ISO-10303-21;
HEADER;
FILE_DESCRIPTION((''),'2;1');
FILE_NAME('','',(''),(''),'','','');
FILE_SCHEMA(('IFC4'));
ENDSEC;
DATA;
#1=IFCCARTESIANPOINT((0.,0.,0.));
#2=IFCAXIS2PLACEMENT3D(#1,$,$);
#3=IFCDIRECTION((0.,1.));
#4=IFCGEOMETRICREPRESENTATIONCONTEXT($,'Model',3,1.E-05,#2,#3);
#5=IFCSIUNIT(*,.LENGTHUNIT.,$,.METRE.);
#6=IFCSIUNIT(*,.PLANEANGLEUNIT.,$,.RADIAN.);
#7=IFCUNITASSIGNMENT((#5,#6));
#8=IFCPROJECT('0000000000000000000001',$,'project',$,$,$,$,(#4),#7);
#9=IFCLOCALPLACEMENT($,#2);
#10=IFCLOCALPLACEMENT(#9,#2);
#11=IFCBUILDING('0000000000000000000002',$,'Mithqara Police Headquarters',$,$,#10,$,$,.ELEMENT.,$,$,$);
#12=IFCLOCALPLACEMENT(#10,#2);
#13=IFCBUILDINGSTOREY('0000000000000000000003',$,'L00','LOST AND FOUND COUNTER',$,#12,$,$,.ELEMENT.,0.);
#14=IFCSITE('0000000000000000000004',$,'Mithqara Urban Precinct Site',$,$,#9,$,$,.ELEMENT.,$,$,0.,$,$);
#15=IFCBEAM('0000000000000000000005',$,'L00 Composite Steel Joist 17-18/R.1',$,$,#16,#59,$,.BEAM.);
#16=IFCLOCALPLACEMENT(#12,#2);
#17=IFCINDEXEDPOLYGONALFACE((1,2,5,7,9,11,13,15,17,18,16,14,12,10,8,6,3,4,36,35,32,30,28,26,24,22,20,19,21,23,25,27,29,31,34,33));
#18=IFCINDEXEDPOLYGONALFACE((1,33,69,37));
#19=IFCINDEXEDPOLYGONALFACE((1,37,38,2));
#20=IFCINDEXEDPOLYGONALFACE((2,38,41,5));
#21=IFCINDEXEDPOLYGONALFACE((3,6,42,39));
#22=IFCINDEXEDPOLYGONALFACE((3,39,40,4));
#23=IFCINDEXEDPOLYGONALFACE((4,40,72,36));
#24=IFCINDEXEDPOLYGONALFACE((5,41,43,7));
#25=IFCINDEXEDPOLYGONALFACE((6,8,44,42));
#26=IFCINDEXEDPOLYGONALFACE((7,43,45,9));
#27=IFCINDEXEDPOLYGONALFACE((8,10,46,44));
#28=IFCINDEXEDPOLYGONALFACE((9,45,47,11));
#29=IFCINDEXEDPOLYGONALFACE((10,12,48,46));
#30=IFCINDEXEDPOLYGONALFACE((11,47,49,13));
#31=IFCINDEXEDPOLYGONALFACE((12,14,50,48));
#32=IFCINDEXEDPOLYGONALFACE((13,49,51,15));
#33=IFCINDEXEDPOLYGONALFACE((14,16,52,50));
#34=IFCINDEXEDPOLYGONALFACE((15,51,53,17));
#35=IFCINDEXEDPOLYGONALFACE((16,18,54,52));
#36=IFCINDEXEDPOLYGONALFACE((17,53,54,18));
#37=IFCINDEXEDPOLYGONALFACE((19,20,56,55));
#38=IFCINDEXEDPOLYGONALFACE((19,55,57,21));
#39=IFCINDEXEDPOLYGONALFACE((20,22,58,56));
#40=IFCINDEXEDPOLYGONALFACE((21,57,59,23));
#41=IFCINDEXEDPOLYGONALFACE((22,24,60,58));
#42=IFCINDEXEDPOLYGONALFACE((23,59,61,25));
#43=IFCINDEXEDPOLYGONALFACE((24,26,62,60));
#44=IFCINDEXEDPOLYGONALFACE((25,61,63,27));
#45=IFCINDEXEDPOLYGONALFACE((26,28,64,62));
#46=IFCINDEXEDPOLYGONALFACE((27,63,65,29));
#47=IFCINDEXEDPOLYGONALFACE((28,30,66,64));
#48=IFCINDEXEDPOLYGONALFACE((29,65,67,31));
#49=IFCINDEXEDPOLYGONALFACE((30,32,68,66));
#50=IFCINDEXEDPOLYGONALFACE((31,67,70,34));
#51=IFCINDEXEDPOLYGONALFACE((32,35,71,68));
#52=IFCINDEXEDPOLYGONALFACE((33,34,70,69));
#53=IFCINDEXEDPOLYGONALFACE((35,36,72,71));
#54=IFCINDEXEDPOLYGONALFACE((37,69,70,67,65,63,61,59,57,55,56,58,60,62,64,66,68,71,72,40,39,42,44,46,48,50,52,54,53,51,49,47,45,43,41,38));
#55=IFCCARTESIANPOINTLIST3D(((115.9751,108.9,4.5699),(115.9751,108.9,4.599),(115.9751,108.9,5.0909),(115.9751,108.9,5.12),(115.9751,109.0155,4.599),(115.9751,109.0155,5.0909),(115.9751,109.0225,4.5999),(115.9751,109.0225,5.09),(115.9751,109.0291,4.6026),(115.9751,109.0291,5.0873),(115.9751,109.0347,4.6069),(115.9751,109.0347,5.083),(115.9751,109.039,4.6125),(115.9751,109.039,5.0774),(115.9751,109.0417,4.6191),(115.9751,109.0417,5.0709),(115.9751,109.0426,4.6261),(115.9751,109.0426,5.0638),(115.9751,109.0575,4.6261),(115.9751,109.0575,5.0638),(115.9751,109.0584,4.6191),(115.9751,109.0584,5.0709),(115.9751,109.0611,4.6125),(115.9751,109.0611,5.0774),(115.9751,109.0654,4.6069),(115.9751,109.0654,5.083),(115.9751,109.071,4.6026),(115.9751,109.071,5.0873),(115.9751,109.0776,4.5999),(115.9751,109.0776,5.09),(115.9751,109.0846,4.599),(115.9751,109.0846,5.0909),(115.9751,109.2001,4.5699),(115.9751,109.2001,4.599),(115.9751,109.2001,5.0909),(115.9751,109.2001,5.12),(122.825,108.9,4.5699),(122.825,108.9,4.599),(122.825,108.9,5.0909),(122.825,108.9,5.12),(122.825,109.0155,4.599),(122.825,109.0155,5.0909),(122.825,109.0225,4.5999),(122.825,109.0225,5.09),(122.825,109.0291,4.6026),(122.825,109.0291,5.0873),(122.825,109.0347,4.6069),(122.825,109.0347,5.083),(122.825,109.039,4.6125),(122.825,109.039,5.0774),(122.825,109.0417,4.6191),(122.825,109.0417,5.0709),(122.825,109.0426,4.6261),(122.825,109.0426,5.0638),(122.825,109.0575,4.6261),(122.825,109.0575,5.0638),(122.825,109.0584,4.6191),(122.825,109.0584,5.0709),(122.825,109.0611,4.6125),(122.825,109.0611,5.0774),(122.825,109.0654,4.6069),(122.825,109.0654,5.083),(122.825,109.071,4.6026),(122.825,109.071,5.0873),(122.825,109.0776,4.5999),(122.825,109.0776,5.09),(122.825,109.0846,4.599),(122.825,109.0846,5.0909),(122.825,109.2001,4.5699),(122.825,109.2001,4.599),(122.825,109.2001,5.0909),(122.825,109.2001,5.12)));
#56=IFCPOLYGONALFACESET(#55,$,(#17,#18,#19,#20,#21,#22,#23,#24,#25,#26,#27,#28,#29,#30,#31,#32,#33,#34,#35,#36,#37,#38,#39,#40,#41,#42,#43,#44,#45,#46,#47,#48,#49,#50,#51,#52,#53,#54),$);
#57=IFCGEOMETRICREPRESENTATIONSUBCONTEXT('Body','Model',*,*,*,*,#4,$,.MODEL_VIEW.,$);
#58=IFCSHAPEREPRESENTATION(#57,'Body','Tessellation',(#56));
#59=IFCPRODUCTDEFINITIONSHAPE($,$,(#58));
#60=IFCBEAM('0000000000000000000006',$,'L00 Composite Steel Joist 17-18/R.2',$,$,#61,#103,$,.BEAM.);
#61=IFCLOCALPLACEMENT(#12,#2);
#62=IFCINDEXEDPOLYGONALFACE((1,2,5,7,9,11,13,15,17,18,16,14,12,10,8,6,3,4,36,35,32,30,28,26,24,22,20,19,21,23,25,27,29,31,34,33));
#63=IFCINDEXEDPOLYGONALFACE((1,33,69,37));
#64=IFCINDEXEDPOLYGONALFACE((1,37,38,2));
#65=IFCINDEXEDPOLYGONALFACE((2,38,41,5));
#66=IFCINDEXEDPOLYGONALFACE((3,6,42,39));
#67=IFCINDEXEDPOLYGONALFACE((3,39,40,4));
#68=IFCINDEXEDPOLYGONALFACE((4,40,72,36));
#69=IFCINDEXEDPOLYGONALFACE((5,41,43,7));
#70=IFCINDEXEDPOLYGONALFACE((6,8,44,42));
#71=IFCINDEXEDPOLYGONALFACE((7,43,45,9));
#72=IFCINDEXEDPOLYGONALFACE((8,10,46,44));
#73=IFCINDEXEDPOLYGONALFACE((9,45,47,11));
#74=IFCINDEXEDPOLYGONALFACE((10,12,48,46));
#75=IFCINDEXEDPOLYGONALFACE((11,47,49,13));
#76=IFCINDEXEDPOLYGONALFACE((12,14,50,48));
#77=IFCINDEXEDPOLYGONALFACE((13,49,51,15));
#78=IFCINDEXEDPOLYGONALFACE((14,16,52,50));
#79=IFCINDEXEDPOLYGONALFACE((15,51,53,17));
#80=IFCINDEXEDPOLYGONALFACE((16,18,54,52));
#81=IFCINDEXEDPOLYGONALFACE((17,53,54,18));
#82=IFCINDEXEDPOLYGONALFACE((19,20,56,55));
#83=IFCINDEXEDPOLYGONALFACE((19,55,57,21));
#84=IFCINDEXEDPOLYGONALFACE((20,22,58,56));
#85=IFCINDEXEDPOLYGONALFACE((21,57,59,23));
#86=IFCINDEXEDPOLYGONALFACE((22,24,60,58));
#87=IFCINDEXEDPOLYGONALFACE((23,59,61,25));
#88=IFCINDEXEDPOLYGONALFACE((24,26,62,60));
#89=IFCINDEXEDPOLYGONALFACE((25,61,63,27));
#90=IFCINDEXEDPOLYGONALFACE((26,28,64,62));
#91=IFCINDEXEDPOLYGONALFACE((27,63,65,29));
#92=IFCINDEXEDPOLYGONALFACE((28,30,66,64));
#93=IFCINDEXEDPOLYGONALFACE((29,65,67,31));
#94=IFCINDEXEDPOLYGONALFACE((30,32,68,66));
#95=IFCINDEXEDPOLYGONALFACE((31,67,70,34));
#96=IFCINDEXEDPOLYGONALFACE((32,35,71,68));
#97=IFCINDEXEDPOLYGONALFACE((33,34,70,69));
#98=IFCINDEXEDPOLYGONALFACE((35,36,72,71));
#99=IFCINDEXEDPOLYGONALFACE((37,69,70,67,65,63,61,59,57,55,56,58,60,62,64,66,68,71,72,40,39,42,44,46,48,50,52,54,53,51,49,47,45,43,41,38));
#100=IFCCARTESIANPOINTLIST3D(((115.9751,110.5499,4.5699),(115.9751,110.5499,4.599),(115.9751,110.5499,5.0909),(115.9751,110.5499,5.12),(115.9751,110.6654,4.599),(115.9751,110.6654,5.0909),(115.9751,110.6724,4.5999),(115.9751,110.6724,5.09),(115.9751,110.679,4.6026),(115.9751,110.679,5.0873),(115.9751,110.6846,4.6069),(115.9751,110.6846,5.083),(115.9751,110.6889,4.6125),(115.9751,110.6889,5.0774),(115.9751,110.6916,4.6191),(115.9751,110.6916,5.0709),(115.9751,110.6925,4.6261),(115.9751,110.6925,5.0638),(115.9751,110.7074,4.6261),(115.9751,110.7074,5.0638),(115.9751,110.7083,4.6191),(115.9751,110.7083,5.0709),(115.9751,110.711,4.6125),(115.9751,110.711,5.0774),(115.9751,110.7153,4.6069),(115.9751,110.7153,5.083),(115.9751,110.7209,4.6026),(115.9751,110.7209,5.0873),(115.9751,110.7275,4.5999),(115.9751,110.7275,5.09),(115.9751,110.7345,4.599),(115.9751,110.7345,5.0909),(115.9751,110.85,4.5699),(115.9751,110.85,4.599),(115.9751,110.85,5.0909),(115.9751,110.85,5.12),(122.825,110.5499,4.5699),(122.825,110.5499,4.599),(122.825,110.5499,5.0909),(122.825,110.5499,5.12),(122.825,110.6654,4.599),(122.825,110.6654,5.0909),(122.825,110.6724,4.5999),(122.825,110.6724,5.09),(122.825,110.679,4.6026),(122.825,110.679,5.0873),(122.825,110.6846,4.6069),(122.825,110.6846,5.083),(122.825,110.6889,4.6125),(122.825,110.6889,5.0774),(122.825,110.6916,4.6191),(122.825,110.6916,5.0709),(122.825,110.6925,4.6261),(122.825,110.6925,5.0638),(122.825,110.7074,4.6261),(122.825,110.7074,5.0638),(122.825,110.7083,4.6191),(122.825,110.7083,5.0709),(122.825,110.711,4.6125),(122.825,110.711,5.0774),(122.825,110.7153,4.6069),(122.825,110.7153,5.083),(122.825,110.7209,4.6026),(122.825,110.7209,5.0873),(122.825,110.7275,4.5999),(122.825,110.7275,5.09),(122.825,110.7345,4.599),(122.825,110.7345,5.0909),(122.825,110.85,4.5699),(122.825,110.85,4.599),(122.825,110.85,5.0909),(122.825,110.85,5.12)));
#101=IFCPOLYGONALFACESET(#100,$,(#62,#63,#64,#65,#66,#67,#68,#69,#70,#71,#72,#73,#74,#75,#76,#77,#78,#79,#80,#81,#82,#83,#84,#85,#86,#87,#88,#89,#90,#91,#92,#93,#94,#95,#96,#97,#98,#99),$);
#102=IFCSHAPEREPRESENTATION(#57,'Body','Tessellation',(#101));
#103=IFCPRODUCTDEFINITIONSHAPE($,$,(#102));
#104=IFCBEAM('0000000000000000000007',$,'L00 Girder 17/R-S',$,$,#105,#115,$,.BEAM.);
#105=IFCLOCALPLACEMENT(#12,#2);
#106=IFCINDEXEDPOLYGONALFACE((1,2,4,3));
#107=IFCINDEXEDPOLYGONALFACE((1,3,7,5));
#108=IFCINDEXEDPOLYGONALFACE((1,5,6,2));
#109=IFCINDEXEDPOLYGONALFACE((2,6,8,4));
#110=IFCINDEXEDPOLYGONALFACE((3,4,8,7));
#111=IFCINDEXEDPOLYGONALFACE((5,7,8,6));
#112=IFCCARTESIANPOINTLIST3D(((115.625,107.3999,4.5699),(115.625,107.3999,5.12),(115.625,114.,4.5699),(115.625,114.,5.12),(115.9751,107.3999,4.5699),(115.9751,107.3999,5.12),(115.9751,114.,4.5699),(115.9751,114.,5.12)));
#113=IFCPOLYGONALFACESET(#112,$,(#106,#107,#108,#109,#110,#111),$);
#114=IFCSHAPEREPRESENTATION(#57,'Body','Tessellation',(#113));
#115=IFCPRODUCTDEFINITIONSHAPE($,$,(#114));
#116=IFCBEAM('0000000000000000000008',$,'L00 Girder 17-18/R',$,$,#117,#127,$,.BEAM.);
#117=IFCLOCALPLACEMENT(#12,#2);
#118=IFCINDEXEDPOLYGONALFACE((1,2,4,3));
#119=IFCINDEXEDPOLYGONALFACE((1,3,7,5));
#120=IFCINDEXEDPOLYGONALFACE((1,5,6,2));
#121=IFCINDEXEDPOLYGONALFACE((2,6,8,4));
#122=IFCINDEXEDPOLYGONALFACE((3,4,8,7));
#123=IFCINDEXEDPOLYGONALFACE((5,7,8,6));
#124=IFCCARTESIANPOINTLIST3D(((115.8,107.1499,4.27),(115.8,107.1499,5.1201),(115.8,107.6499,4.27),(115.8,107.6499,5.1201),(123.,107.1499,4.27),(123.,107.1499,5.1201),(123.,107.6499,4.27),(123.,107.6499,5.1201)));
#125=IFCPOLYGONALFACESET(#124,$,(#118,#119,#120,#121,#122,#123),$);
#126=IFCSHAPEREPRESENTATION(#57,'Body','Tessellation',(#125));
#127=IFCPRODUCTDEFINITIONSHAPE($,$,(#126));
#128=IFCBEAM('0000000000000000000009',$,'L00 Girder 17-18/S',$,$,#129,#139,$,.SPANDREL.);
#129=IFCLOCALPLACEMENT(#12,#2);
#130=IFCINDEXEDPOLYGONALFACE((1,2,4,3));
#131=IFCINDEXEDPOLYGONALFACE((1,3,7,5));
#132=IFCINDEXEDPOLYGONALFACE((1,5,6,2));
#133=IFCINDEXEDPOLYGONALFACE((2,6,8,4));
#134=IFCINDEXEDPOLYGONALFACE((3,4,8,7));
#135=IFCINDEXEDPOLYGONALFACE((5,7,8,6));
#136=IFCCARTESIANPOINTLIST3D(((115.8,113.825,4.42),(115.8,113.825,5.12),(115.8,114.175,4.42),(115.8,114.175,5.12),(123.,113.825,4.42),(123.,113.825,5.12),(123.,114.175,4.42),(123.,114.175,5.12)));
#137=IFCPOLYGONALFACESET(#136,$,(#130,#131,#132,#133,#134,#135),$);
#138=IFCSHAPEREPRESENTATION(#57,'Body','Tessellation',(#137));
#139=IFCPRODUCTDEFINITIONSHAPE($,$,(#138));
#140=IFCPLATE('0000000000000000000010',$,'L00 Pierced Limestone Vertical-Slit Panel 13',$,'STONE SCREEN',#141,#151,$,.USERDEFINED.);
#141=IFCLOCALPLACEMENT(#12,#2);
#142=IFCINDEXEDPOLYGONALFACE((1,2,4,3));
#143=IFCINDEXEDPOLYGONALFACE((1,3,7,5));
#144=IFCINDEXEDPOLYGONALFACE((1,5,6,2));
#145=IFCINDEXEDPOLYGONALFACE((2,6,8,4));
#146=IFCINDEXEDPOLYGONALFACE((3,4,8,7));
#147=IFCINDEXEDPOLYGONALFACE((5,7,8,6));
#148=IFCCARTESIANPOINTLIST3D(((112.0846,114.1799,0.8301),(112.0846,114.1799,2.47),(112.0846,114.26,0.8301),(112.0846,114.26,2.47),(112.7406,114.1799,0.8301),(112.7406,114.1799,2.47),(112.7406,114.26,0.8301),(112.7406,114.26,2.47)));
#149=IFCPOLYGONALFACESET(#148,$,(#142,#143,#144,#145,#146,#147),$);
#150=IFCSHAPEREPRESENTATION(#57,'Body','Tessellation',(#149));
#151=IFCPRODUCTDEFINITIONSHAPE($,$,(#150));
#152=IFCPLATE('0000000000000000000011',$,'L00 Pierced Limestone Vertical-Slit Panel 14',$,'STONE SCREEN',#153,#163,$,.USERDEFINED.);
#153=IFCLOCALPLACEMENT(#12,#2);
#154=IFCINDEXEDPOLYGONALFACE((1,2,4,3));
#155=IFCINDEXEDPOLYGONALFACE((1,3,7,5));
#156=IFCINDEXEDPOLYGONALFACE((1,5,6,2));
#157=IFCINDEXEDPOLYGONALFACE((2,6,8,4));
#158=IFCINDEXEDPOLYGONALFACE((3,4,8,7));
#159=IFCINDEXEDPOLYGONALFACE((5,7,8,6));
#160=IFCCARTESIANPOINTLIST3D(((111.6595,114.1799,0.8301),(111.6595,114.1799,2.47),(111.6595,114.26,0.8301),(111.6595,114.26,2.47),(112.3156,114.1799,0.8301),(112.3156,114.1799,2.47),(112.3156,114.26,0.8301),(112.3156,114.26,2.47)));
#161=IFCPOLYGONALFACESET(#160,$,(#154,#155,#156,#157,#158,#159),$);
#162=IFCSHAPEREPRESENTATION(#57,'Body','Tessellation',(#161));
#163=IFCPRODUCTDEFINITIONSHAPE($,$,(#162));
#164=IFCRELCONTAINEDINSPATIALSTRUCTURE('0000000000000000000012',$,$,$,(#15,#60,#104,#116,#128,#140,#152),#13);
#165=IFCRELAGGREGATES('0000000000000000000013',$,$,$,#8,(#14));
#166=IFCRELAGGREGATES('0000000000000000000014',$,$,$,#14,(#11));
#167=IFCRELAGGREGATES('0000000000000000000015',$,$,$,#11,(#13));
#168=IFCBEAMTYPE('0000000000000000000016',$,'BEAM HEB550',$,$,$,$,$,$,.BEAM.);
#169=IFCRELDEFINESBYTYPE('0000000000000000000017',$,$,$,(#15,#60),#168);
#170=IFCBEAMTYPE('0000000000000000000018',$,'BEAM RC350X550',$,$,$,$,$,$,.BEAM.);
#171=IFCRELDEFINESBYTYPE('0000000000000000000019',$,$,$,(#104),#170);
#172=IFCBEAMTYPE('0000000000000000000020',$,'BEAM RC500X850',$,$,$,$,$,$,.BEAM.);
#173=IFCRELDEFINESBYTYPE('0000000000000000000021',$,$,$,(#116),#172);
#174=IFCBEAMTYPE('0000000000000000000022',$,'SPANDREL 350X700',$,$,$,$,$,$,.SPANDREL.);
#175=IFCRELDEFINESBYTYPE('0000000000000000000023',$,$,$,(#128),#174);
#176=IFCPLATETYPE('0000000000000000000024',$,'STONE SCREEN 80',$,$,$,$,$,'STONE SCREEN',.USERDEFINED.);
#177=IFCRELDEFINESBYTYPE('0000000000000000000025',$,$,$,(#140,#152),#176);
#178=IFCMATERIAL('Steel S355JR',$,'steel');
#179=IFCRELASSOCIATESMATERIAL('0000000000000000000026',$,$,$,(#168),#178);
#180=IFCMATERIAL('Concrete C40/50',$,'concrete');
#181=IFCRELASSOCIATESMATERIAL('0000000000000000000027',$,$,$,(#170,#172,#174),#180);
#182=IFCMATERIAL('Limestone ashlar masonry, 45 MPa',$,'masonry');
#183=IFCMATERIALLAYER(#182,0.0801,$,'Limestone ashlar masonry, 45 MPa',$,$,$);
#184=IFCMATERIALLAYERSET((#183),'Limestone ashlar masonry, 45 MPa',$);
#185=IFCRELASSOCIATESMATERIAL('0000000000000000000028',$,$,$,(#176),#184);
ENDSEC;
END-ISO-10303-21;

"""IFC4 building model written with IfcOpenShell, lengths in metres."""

from ifc_helpers import new_model, si_unit, direction, frame, origin, origin_2d, place, context, subcontext, project, spatial, rectangle, i_section, extrude, material, layer, layer_set, material_profile, profile_set, type_object, element, save


model = new_model("IFC4")

# Units and contexts
model_context = context("Model", 3, precision=1e-05, world=origin(), true_north=direction((0.0, 1.0)))
body_context = subcontext(model_context, "Body", "Model", "MODEL_VIEW")
ifc_project = project(units=[si_unit("LENGTHUNIT", "METRE"), si_unit("PLANEANGLEUNIT", "RADIAN")], contexts=[model_context])

# Site, building, storey
site_placement = place(None, origin())
site = spatial("IfcSite", under=ifc_project, at=site_placement, Name="Mithqara Urban Precinct Site", CompositionType="ELEMENT", RefElevation=0.0)
building_placement = place(site_placement, origin())
building = spatial("IfcBuilding", under=site, at=building_placement, Name="Mithqara Police Headquarters", CompositionType="ELEMENT")
storey_placement = place(building_placement, origin())
storey = spatial("IfcBuildingStorey", under=building, at=storey_placement, Name="L00", Description="LOST AND FOUND COUNTER", CompositionType="ELEMENT", Elevation=0.0)

# Beams
ifc_material_1 = material(Name="Steel S355JR", Category="steel")
ifc_material_profile_1 = material_profile(ifc_material_1, i_section(OverallWidth=0.3, OverallDepth=0.55, WebThickness=0.0149, FlangeThickness=0.0291, FilletRadius=0.0271, at=origin_2d()), Name="HEB 550")
ifc_profile_set_1 = profile_set([ifc_material_profile_1], Name="Steel S355JR")
beam_type_1 = type_object("IfcBeamType", Name="BEAM HEB550", PredefinedType="BEAM", material=ifc_profile_set_1)
for number, where, z_axis, x_axis, name in (
    (1, (115.9751, 109.05, 4.845), (1.0, 0.0, 0.0), (0.0, 1.0, 0.0), "L00 Composite Steel Joist 17-18/R.1"),
    (2, (115.9751, 110.7, 4.845), (1.0, 0.0, 0.0), (0.0, 1.0, 0.0), "L00 Composite Steel Joist 17-18/R.2"),
):
    element("IfcBeam", number, at=place(storey_placement, frame(where, z_axis=z_axis, x_axis=x_axis)), inside=storey, type_object=beam_type_1, Name=name, PredefinedType="BEAM", context=body_context, shape_type="SweptSolid", body=[
        extrude(i_section(OverallWidth=0.3, OverallDepth=0.55, WebThickness=0.0149, FlangeThickness=0.0291, FilletRadius=0.0271, at=origin_2d()), origin(), (0.0, 0.0, 1.0), 6.8499),
    ])
ifc_material_2 = material(Name="Concrete C40/50", Category="concrete")
ifc_material_profile_2 = material_profile(ifc_material_2, rectangle(XDim=0.3501, YDim=0.55, at=origin_2d()), Name="RC 350x550")
ifc_profile_set_2 = profile_set([ifc_material_profile_2], Name="Concrete C40/50")
beam_type_2 = type_object("IfcBeamType", Name="BEAM RC350X550", PredefinedType="BEAM", material=ifc_profile_set_2)
beam_1_placement = place(storey_placement, frame((115.8, 107.3999, 4.845), z_axis=(0.0, 1.0, 0.0), x_axis=(-1.0, 0.0, 0.0)))
element("IfcBeam", 3, at=beam_1_placement, inside=storey, type_object=beam_type_2, Name="L00 Girder 17/R-S", PredefinedType="BEAM", context=body_context, shape_type="SweptSolid", body=[
    extrude(rectangle(XDim=0.3501, YDim=0.55, at=origin_2d()), origin(), (0.0, 0.0, 1.0), 6.6001),
])
ifc_material_profile_3 = material_profile(ifc_material_2, rectangle(XDim=0.5, YDim=0.8501, at=origin_2d()), Name="RC 500x850")
ifc_profile_set_3 = profile_set([ifc_material_profile_3], Name="Concrete C40/50")
beam_type_3 = type_object("IfcBeamType", Name="BEAM RC500X850", PredefinedType="BEAM", material=ifc_profile_set_3)
beam_2_placement = place(storey_placement, frame((115.8, 107.3999, 4.6951), z_axis=(1.0, 0.0, 0.0), x_axis=(0.0, 1.0, 0.0)))
element("IfcBeam", 4, at=beam_2_placement, inside=storey, type_object=beam_type_3, Name="L00 Girder 17-18/R", PredefinedType="BEAM", context=body_context, shape_type="SweptSolid", body=[
    extrude(rectangle(XDim=0.5, YDim=0.8501, at=origin_2d()), origin(), (0.0, 0.0, 1.0), 7.2),
])
ifc_material_profile_4 = material_profile(ifc_material_2, rectangle(XDim=0.3501, YDim=0.7, at=origin_2d()), Name="SPB 350x700")
ifc_profile_set_4 = profile_set([ifc_material_profile_4], Name="Concrete C40/50")
beam_type_4 = type_object("IfcBeamType", Name="SPANDREL 350X700", PredefinedType="SPANDREL", material=ifc_profile_set_4)
beam_3_placement = place(storey_placement, frame((115.8, 114.0, 4.77), z_axis=(1.0, 0.0, 0.0), x_axis=(0.0, 1.0, 0.0)))
element("IfcBeam", 5, at=beam_3_placement, inside=storey, type_object=beam_type_4, Name="L00 Girder 17-18/S", PredefinedType="SPANDREL", context=body_context, shape_type="SweptSolid", body=[
    extrude(rectangle(XDim=0.3501, YDim=0.7, at=origin_2d()), origin(), (0.0, 0.0, 1.0), 7.2),
])

# Plates
ifc_material_3 = material(Name="Limestone ashlar masonry, 45 MPa", Category="masonry")
ifc_layer_1 = layer(ifc_material_3, 0.0801, Name="Limestone ashlar masonry, 45 MPa")
ifc_layer_set_1 = layer_set([ifc_layer_1], Name="Limestone ashlar masonry, 45 MPa")
plate_type = type_object("IfcPlateType", Name="STONE SCREEN 80", ElementType="STONE SCREEN", PredefinedType="USERDEFINED", material=ifc_layer_set_1)
for number, where, z_axis, x_axis, name in (
    (6, (112.4126, 114.22, 0.8301), (0.0, 0.0, 1.0), (1.0, 0.0, 0.0), "L00 Pierced Limestone Vertical-Slit Panel 13"),
    (7, (111.9875, 114.22, 0.8301), (0.0, 0.0, 1.0), (1.0, 0.0, 0.0), "L00 Pierced Limestone Vertical-Slit Panel 14"),
):
    element("IfcPlate", number, at=place(storey_placement, frame(where, z_axis=z_axis, x_axis=x_axis)), inside=storey, type_object=plate_type, Name=name, ObjectType="STONE SCREEN", PredefinedType="USERDEFINED", context=body_context, shape_type="SweptSolid", body=[
        extrude(rectangle(XDim=0.656, YDim=0.0801, at=origin_2d()), origin(), (0.0, 0.0, 1.0), 1.6399),
    ])

save(model, "model.ifc")
